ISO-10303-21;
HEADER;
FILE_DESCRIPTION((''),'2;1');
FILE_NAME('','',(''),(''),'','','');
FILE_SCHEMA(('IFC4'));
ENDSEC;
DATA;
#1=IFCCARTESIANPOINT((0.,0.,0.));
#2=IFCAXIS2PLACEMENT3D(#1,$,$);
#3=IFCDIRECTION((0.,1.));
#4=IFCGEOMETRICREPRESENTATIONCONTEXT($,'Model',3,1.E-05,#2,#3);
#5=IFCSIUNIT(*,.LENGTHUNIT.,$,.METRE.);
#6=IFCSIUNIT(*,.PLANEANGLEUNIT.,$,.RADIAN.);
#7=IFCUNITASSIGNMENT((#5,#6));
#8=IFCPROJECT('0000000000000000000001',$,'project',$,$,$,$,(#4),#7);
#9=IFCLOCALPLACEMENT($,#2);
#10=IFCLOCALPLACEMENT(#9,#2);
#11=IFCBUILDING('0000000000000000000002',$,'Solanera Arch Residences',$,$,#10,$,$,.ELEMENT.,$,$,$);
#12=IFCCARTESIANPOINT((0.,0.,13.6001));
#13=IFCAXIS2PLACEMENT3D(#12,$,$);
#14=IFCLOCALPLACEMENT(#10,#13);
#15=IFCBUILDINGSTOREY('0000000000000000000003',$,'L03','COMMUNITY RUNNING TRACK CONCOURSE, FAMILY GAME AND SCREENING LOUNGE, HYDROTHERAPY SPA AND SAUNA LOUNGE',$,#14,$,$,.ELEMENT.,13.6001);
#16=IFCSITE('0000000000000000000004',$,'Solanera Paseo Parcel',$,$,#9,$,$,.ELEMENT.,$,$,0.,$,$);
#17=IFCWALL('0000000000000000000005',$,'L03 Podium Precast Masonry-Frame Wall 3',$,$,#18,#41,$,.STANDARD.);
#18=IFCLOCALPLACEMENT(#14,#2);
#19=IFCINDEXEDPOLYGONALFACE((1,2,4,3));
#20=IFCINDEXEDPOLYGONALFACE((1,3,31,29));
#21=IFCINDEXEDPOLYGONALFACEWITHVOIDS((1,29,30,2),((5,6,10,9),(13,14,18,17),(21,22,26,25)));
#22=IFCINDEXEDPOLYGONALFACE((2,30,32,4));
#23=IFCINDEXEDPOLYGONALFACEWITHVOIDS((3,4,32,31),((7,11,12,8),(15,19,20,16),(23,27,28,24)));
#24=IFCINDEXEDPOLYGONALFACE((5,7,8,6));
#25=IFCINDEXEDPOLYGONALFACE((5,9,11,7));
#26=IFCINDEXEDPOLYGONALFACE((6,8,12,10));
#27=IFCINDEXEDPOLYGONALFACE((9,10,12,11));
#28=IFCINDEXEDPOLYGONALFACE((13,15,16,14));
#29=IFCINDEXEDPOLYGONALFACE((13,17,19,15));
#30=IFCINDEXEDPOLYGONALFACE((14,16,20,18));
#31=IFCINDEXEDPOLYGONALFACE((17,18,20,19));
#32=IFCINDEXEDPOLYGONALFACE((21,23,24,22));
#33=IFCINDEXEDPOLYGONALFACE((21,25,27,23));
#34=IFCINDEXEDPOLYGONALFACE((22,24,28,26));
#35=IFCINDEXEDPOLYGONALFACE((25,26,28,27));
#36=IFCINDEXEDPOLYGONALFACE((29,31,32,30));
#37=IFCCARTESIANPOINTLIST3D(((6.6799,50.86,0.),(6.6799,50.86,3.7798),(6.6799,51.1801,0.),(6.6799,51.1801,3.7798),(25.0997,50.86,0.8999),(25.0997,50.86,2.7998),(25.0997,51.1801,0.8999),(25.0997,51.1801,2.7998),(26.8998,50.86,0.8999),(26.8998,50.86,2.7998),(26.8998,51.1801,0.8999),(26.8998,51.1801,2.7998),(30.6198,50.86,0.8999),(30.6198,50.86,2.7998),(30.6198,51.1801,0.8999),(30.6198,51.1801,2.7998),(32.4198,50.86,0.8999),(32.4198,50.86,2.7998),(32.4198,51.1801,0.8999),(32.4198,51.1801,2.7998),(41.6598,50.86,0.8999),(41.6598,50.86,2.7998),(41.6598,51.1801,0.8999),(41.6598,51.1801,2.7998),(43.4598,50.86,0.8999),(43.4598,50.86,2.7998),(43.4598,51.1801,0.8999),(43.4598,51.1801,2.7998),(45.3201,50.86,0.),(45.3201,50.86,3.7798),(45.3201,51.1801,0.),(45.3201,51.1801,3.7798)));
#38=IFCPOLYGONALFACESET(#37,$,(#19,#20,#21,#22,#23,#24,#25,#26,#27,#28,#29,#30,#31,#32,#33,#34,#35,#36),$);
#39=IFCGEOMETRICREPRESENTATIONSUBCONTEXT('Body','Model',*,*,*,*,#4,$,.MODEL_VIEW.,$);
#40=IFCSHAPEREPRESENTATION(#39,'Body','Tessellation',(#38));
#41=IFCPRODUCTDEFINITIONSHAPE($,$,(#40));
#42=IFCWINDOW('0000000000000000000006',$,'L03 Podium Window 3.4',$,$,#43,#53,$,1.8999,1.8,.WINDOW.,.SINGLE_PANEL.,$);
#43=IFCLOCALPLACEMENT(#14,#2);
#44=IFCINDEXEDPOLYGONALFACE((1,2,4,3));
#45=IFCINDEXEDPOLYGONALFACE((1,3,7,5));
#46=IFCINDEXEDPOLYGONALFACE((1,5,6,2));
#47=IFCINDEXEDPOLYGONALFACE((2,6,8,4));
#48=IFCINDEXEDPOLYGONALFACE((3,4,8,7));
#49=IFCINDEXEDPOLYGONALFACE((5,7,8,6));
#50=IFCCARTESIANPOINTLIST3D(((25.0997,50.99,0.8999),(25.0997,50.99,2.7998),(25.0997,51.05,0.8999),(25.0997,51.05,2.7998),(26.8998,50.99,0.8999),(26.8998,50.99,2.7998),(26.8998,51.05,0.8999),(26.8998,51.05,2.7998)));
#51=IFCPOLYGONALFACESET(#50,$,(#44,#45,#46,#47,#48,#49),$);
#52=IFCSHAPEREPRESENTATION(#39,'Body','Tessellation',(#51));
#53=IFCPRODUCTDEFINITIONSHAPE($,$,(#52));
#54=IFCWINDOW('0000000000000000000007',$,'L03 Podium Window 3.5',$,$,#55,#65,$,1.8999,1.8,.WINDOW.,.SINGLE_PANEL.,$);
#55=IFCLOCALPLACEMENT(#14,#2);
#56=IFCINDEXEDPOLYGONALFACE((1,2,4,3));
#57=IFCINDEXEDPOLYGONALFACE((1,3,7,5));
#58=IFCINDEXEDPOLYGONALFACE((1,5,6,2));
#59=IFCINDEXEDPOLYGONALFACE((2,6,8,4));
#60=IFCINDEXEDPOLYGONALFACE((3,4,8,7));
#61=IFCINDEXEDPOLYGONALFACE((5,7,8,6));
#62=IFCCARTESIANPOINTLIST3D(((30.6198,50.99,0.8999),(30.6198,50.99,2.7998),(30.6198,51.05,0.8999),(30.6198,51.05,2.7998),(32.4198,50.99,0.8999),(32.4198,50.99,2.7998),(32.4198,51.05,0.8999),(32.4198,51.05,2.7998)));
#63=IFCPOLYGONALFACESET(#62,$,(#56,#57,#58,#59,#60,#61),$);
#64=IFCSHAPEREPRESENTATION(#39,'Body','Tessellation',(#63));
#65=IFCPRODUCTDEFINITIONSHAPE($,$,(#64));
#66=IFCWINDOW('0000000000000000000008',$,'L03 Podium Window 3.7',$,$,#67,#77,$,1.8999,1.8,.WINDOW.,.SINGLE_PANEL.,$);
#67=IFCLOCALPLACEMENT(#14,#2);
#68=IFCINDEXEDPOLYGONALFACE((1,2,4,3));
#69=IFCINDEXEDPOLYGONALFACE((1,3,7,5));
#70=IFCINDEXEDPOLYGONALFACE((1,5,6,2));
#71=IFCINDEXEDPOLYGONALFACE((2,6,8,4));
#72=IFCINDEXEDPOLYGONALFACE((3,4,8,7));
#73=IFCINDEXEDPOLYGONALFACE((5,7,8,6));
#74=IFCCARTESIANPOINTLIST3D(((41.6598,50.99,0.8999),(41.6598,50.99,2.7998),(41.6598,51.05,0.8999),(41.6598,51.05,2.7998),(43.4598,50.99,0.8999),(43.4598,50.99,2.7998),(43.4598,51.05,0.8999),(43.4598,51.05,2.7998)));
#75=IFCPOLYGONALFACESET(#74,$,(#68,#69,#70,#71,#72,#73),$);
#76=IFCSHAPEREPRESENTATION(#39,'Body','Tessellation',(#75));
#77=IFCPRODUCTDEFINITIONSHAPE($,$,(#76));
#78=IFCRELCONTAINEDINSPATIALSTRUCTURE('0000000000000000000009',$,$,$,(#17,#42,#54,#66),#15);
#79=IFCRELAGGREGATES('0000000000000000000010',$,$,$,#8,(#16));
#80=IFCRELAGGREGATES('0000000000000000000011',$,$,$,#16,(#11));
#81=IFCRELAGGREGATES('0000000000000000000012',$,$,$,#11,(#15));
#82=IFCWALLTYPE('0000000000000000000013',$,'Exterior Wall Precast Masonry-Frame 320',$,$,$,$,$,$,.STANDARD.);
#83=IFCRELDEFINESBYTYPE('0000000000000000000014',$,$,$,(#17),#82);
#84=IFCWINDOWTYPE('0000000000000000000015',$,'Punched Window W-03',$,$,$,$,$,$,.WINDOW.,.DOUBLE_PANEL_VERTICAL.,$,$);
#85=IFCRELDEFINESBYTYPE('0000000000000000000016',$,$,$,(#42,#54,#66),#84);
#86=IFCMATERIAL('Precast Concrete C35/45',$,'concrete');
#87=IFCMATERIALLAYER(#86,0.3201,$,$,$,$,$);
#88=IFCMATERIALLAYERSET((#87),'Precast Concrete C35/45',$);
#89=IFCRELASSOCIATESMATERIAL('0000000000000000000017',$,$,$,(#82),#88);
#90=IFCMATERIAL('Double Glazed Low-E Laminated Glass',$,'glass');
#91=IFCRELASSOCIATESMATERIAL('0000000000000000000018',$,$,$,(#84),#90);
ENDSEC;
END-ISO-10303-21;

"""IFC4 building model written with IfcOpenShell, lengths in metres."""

from ifc_helpers import new_model, si_unit, direction, frame, frame_2d, origin, place, context, subcontext, project, spatial, rectangle, extrude, material, layer, layer_set, type_object, element, fill, save


model = new_model("IFC4")

# Units and contexts
model_context = context("Model", 3, precision=1e-05, world=origin(), true_north=direction((0.0, 1.0)))
body_context = subcontext(model_context, "Body", "Model", "MODEL_VIEW")
ifc_project = project(units=[si_unit("LENGTHUNIT", "METRE"), si_unit("PLANEANGLEUNIT", "RADIAN")], contexts=[model_context])

# Site, building, storey
site_placement = place(None, origin())
site = spatial("IfcSite", under=ifc_project, at=site_placement, Name="Solanera Paseo Parcel", CompositionType="ELEMENT", RefElevation=0.0)
building_placement = place(site_placement, origin())
building = spatial("IfcBuilding", under=site, at=building_placement, Name="Solanera Arch Residences", CompositionType="ELEMENT")
storey_placement = place(building_placement, frame((0.0, 0.0, 13.6001)))
storey = spatial("IfcBuildingStorey", under=building, at=storey_placement, Name="L03", Description="COMMUNITY RUNNING TRACK CONCOURSE, FAMILY GAME AND SCREENING LOUNGE, HYDROTHERAPY SPA AND SAUNA LOUNGE", CompositionType="ELEMENT", Elevation=13.6001)

# Shared definitions
ifc_material_1 = material(Name="Precast Concrete C35/45", Category="concrete")
ifc_layer_1 = layer(ifc_material_1, 0.3201)
ifc_layer_set_1 = layer_set([ifc_layer_1], Name="Precast Concrete C35/45")
wall_type_1 = type_object("IfcWallType", Name="Exterior Wall Precast Masonry-Frame 320", PredefinedType="STANDARD", material=ifc_layer_set_1)

# Wall, openings, windows
wall_1_placement = place(storey_placement, frame((6.6799, 51.02, 0.0), z_axis=(0.0, 0.0, 1.0), x_axis=(1.0, 0.0, 0.0)))
wall_1 = element("IfcWall", 1, at=wall_1_placement, inside=storey, type_object=wall_type_1, Name="L03 Podium Precast Masonry-Frame Wall 3", PredefinedType="STANDARD", context=body_context, shape_type="SweptSolid", body=[
    extrude(rectangle(XDim=38.6401, YDim=0.3201, at=frame_2d((19.3201, 0.0))), origin(), (0.0, 0.0, 1.0), 3.7798),
])
opening_1_placement = place(wall_1_placement, frame((18.4199, 0.0, 0.8999)))
opening_1 = element("IfcOpeningElement", 2, at=opening_1_placement, cuts=wall_1, PredefinedType="OPENING", context=body_context, shape_type="SweptSolid", body=[
    extrude(rectangle(XDim=1.8, YDim=1.8999, at=frame_2d((0.8999, 0.95))), frame((0.0, 0.1699, 0.0), z_axis=(0.0, -1.0, 0.0), x_axis=(1.0, 0.0, 0.0)), (0.0, 0.0, 1.0), 0.3401),
])
opening_2_placement = place(wall_1_placement, frame((23.9399, 0.0, 0.8999)))
opening_2 = element("IfcOpeningElement", 3, at=opening_2_placement, cuts=wall_1, PredefinedType="OPENING", context=body_context, shape_type="SweptSolid", body=[
    extrude(rectangle(XDim=1.8, YDim=1.8999, at=frame_2d((0.8999, 0.95))), frame((0.0, 0.1699, 0.0), z_axis=(0.0, -1.0, 0.0), x_axis=(1.0, 0.0, 0.0)), (0.0, 0.0, 1.0), 0.3401),
])
opening_3_placement = place(wall_1_placement, frame((34.98, 0.0, 0.8999)))
opening_3 = element("IfcOpeningElement", 4, at=opening_3_placement, cuts=wall_1, PredefinedType="OPENING", context=body_context, shape_type="SweptSolid", body=[
    extrude(rectangle(XDim=1.8, YDim=1.8999, at=frame_2d((0.8999, 0.95))), frame((0.0, 0.1699, 0.0), z_axis=(0.0, -1.0, 0.0), x_axis=(1.0, 0.0, 0.0)), (0.0, 0.0, 1.0), 0.3401),
])
ifc_material_2 = material(Name="Double Glazed Low-E Laminated Glass", Category="glass")
window_type = type_object("IfcWindowType", Name="Punched Window W-03", PartitioningType="DOUBLE_PANEL_VERTICAL", PredefinedType="WINDOW", material=ifc_material_2)
window_1_placement = place(opening_1_placement, origin())
window_1 = element("IfcWindow", 5, at=window_1_placement, inside=storey, type_object=window_type, Name="L03 Podium Window 3.4", OverallHeight=1.8999, OverallWidth=1.8, PartitioningType="SINGLE_PANEL", PredefinedType="WINDOW", context=body_context, shape_type="SweptSolid", body=[
    extrude(rectangle(XDim=1.8, YDim=1.8999, at=frame_2d((0.8999, 0.95))), frame((0.0, 0.03, 0.0), z_axis=(0.0, -1.0, 0.0), x_axis=(1.0, 0.0, 0.0)), (0.0, 0.0, 1.0), 0.0601),
])
fill(opening_1, window_1)
window_2_placement = place(opening_2_placement, origin())
window_2 = element("IfcWindow", 6, at=window_2_placement, inside=storey, type_object=window_type, Name="L03 Podium Window 3.5", OverallHeight=1.8999, OverallWidth=1.8, PartitioningType="SINGLE_PANEL", PredefinedType="WINDOW", context=body_context, shape_type="SweptSolid", body=[
    extrude(rectangle(XDim=1.8, YDim=1.8999, at=frame_2d((0.8999, 0.95))), frame((0.0, 0.03, 0.0), z_axis=(0.0, -1.0, 0.0), x_axis=(1.0, 0.0, 0.0)), (0.0, 0.0, 1.0), 0.0601),
])
fill(opening_2, window_2)
window_3_placement = place(opening_3_placement, origin())
window_3 = element("IfcWindow", 7, at=window_3_placement, inside=storey, type_object=window_type, Name="L03 Podium Window 3.7", OverallHeight=1.8999, OverallWidth=1.8, PartitioningType="SINGLE_PANEL", PredefinedType="WINDOW", context=body_context, shape_type="SweptSolid", body=[
    extrude(rectangle(XDim=1.8, YDim=1.8999, at=frame_2d((0.8999, 0.95))), frame((0.0, 0.03, 0.0), z_axis=(0.0, -1.0, 0.0), x_axis=(1.0, 0.0, 0.0)), (0.0, 0.0, 1.0), 0.0601),
])
fill(opening_3, window_3)

save(model, "model.ifc")
